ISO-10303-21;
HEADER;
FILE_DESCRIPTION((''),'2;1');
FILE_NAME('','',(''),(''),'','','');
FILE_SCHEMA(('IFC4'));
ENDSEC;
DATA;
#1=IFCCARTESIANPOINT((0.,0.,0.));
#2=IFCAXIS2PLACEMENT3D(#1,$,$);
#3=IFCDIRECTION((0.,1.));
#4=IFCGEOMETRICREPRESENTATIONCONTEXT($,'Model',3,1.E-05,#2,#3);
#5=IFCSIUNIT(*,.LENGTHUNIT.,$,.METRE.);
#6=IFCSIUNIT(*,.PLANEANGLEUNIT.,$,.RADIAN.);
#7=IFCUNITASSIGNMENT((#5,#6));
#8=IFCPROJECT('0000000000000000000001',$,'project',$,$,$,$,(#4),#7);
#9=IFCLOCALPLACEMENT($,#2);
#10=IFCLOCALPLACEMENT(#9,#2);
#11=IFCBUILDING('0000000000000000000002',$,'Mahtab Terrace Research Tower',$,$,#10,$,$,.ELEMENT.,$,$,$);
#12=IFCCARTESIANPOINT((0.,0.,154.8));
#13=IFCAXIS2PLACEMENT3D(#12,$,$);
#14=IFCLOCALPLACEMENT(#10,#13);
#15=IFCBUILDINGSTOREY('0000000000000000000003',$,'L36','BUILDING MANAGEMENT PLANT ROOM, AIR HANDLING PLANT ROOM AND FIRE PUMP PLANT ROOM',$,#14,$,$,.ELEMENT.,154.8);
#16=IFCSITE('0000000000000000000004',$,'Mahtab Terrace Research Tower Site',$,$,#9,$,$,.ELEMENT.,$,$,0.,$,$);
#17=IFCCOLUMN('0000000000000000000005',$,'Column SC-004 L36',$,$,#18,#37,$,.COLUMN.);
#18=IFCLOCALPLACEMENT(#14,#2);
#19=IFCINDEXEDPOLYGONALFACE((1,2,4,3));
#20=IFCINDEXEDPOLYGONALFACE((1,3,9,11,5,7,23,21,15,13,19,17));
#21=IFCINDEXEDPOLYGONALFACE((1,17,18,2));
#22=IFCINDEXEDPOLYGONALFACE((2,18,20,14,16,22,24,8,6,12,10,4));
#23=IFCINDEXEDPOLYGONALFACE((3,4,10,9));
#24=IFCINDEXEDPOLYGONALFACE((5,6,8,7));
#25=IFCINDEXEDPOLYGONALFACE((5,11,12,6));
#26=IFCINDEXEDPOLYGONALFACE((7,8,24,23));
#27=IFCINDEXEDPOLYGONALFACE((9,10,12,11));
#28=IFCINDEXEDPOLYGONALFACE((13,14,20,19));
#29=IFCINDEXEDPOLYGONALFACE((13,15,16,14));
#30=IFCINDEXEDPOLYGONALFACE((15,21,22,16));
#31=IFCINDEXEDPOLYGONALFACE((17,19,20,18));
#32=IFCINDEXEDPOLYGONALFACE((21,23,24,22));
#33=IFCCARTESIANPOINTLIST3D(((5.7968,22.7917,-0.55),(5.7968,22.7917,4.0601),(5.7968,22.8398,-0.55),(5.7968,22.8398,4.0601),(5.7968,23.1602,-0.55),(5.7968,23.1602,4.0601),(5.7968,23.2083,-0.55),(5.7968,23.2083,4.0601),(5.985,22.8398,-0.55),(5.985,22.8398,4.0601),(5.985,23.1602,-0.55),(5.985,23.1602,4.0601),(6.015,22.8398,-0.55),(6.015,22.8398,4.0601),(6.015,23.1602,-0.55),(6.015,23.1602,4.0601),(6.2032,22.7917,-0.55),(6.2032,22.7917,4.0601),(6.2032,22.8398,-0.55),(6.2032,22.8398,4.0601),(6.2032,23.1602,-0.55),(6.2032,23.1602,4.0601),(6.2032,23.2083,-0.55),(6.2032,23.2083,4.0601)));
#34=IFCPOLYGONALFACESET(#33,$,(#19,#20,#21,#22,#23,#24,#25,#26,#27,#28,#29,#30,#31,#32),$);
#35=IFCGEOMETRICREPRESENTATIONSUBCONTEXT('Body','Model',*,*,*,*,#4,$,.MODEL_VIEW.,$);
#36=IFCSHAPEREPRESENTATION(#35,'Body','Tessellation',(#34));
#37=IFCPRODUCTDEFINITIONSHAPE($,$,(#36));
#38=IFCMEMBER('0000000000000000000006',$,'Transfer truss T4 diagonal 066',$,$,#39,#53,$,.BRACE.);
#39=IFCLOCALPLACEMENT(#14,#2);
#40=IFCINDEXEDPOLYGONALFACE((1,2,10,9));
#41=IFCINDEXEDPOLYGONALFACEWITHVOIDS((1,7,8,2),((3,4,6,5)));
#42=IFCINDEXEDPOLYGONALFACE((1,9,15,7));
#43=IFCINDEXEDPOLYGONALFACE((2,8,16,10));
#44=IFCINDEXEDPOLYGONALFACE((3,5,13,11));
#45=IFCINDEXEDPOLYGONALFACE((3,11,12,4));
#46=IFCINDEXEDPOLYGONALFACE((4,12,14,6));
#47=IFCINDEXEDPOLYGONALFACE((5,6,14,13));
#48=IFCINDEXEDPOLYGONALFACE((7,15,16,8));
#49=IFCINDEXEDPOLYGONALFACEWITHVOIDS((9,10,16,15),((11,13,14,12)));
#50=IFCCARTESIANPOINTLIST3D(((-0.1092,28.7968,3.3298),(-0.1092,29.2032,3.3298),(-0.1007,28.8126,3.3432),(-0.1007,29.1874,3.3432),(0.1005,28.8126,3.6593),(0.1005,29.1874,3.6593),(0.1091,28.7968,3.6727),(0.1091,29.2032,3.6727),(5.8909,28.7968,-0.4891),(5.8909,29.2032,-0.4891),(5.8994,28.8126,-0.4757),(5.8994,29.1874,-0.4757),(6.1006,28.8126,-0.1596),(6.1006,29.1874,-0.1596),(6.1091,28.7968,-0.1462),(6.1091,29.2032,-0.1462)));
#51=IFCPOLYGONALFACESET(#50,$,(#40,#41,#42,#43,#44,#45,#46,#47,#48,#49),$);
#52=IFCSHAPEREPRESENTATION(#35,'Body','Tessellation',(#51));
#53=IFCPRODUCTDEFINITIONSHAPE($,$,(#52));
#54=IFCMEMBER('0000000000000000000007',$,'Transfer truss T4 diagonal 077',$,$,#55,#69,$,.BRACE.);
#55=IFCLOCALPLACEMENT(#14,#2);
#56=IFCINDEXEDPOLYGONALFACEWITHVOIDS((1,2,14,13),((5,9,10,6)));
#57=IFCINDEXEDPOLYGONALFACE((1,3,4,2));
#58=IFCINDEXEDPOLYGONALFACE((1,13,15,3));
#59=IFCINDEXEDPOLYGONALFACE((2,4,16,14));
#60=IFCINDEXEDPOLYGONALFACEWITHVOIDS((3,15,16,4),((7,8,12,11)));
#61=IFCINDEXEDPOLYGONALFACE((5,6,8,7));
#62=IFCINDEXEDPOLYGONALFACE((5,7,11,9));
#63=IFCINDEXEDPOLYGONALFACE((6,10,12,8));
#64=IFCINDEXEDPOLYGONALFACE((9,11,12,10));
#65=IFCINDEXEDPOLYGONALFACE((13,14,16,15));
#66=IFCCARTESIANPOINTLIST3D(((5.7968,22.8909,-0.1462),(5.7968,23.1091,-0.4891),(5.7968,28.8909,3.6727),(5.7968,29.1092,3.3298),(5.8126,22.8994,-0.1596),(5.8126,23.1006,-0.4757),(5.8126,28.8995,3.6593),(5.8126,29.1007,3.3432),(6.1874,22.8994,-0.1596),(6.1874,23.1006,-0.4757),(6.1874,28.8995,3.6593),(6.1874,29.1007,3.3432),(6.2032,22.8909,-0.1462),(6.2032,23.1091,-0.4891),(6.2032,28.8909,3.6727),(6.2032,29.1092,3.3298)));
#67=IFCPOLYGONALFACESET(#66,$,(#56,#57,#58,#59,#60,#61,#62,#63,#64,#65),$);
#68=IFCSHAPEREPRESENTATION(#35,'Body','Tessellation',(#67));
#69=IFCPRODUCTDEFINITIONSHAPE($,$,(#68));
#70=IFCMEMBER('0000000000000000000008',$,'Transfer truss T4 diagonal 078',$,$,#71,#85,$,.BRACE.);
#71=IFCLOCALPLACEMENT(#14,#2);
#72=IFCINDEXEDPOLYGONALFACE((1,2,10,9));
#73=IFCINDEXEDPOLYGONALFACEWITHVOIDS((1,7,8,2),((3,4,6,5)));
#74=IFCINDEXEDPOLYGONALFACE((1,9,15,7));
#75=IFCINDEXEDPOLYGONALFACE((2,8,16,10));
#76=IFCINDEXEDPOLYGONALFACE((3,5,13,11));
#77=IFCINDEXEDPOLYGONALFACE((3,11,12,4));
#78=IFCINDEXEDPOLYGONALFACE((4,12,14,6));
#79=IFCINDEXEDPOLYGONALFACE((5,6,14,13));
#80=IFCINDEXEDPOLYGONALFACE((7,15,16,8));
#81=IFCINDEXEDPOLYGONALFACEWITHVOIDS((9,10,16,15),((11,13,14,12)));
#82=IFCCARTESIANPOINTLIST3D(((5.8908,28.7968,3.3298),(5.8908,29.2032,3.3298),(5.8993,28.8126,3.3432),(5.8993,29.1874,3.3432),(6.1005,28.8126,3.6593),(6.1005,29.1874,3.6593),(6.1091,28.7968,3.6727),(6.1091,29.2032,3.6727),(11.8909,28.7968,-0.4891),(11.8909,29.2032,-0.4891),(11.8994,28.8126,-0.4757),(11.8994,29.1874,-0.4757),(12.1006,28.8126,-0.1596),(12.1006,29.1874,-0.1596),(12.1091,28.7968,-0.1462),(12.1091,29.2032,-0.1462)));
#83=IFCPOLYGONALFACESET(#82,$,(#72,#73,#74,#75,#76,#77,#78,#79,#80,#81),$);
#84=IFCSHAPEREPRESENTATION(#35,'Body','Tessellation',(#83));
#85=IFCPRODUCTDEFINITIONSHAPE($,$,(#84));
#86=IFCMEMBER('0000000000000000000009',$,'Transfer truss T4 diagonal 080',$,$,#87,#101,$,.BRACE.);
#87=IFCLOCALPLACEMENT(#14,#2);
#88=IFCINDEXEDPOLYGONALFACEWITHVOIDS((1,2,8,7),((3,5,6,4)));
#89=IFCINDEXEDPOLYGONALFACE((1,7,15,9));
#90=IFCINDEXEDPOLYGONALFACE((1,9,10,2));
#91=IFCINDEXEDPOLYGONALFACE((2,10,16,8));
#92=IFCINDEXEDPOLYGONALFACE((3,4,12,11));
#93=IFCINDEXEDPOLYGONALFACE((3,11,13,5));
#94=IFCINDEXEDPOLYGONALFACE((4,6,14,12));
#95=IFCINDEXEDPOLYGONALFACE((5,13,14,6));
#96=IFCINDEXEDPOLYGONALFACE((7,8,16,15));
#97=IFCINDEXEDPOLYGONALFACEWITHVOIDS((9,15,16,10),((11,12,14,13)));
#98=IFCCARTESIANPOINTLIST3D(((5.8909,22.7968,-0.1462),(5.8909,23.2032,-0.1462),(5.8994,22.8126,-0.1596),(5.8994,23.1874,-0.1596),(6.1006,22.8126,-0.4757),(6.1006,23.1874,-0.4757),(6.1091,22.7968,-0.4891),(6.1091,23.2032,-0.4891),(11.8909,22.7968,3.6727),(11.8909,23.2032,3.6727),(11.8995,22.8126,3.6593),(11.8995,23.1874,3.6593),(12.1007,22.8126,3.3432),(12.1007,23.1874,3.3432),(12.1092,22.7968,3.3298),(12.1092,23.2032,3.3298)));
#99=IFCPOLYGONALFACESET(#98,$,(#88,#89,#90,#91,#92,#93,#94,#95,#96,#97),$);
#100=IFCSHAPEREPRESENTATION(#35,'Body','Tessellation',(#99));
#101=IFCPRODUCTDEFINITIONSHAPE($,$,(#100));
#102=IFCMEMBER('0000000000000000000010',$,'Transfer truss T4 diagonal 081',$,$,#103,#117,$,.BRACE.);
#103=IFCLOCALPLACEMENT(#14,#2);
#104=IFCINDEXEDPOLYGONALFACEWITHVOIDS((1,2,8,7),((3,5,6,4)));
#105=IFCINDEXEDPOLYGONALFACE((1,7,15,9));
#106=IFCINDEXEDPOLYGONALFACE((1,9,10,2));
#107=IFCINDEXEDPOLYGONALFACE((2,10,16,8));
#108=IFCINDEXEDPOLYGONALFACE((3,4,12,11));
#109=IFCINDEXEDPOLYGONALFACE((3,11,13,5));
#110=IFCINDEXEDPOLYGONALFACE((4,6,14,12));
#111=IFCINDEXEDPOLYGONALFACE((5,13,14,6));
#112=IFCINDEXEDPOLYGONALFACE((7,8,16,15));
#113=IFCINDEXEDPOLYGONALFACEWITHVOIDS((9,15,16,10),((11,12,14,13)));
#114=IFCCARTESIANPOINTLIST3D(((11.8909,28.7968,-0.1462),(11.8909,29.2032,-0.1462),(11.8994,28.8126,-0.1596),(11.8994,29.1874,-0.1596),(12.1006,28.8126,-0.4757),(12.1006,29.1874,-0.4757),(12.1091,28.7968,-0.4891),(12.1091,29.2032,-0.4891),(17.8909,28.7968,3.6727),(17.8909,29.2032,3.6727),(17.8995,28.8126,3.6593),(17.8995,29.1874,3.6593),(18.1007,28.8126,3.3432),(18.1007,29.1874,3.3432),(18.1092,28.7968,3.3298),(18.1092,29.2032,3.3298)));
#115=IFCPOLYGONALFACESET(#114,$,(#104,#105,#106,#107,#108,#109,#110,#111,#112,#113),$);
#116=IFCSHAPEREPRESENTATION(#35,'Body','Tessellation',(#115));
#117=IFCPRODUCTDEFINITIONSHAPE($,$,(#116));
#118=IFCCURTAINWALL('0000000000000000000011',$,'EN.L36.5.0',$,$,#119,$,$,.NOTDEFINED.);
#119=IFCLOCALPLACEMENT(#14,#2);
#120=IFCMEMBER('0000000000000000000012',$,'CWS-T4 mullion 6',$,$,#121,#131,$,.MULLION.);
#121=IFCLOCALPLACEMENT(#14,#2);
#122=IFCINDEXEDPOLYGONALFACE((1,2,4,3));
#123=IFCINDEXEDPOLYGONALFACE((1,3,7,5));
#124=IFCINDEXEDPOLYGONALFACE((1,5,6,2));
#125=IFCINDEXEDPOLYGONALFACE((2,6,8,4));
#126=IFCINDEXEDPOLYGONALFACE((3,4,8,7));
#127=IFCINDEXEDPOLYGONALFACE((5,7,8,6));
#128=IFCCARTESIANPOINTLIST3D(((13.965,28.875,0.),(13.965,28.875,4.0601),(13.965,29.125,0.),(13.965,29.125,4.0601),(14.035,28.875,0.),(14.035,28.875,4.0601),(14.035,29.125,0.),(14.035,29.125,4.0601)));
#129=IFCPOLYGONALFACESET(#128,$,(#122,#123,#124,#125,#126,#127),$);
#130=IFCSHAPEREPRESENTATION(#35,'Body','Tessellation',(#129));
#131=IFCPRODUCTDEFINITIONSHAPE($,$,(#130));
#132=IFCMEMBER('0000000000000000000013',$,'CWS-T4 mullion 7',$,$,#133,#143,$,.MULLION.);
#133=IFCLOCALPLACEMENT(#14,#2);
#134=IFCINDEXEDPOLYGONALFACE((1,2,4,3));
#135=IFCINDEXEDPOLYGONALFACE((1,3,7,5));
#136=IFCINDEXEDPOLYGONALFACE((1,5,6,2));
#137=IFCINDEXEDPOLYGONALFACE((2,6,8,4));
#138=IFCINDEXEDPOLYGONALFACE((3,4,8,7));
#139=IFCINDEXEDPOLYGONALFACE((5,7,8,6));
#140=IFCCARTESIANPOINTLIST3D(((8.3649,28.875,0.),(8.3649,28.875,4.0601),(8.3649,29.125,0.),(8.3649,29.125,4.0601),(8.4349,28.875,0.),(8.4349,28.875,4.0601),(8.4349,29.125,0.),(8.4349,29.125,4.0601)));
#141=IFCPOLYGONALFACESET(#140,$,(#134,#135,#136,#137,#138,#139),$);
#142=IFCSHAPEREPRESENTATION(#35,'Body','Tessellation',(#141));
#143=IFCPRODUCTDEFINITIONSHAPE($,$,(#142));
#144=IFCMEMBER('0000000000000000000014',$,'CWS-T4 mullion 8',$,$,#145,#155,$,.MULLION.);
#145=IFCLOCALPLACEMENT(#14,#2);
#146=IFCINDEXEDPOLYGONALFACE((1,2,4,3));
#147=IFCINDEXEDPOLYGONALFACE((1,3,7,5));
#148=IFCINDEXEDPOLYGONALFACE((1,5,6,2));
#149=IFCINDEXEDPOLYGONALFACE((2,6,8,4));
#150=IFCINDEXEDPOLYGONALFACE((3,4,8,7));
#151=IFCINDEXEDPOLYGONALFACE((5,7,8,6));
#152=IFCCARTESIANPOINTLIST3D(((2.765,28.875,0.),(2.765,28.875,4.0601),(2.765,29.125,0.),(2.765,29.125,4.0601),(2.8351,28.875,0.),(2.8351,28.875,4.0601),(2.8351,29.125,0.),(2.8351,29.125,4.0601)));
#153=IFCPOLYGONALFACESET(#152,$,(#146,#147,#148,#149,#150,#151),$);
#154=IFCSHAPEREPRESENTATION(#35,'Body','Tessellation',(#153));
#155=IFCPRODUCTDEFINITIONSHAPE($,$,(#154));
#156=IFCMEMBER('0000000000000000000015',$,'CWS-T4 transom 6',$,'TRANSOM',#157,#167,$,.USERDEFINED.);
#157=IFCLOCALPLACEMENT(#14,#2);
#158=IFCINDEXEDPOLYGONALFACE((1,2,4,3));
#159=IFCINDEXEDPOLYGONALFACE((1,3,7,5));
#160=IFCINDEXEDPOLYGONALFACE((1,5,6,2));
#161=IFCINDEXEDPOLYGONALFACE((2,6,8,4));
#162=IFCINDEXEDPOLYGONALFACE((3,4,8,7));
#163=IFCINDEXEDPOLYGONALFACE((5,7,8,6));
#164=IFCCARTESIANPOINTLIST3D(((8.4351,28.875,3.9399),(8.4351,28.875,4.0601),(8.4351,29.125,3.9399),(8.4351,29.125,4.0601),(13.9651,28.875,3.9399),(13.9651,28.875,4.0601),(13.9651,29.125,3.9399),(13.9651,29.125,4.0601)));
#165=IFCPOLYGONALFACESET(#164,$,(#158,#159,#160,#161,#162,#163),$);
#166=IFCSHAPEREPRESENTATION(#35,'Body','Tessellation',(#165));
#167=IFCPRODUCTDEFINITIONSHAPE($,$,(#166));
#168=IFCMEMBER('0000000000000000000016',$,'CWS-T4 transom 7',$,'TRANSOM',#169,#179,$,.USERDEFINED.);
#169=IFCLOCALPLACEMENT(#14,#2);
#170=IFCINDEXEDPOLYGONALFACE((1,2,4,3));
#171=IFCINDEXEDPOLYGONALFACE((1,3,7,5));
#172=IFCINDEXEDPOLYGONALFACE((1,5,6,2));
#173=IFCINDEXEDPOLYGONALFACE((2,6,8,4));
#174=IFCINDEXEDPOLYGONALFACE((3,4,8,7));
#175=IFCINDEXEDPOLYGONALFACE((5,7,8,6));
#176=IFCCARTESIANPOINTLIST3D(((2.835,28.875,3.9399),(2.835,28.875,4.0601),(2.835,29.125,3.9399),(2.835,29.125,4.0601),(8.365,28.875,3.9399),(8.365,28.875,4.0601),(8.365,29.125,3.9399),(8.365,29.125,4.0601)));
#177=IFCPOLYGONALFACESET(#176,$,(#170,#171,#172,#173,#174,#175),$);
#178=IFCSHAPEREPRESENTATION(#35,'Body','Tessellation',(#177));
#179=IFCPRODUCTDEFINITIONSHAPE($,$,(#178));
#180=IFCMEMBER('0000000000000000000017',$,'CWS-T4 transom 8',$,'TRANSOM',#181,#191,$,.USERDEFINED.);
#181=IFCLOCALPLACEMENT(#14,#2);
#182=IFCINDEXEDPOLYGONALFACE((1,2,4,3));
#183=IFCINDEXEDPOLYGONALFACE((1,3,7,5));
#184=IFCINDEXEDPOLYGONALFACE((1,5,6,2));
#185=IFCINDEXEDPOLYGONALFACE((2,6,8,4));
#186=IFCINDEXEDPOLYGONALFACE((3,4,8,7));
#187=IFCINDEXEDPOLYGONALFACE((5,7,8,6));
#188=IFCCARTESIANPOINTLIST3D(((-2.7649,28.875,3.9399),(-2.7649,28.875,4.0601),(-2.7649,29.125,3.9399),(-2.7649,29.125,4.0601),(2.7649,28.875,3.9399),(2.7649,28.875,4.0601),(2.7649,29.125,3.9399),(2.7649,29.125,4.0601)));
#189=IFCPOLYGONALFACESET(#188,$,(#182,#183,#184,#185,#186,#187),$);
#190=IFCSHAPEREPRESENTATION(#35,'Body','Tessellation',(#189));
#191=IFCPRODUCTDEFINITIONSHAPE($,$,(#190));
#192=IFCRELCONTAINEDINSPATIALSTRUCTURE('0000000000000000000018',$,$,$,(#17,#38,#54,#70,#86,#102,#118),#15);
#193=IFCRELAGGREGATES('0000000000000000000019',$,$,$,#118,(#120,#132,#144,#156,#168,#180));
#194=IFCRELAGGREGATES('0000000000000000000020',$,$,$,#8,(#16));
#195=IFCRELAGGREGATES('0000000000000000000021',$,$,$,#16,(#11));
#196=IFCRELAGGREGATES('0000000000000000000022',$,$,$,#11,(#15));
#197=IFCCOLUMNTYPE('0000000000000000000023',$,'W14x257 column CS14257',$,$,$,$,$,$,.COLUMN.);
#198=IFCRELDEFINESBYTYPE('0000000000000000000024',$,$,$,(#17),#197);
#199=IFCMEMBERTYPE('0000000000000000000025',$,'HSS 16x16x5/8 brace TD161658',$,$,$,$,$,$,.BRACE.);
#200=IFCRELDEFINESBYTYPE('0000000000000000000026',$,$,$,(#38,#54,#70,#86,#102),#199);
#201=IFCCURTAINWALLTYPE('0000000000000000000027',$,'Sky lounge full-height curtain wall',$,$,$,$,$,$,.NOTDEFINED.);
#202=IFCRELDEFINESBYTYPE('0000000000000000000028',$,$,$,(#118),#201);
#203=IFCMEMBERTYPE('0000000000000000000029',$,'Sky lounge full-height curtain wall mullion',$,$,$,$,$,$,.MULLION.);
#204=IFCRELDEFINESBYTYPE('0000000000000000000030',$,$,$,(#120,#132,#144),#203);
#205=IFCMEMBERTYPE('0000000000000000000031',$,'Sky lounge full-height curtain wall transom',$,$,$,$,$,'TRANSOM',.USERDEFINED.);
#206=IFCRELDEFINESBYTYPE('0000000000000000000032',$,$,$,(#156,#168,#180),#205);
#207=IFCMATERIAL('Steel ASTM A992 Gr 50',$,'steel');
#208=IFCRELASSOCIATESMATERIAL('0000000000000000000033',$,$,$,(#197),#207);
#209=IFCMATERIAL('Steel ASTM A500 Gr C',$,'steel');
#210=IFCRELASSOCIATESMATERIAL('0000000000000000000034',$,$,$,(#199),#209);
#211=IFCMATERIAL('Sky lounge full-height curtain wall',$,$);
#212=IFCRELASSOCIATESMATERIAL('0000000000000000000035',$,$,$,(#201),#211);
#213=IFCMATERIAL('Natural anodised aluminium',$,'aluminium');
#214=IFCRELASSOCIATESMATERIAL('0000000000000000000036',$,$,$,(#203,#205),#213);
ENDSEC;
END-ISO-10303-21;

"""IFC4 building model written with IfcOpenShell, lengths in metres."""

from ifc_helpers import new_model, si_unit, direction, frame, origin, origin_2d, place, context, subcontext, project, spatial, rectangle, hollow_rectangle, i_section, extrude, material, material_profile, profile_set, type_object, element, aggregate, save


model = new_model("IFC4")

# Units and contexts
model_context = context("Model", 3, precision=1e-05, world=origin(), true_north=direction((0.0, 1.0)))
body_context = subcontext(model_context, "Body", "Model", "MODEL_VIEW")
ifc_project = project(units=[si_unit("LENGTHUNIT", "METRE"), si_unit("PLANEANGLEUNIT", "RADIAN")], contexts=[model_context])

# Site, building, storey
site_placement = place(None, origin())
site = spatial("IfcSite", under=ifc_project, at=site_placement, Name="Mahtab Terrace Research Tower Site", CompositionType="ELEMENT", RefElevation=0.0)
building_placement = place(site_placement, origin())
building = spatial("IfcBuilding", under=site, at=building_placement, Name="Mahtab Terrace Research Tower", CompositionType="ELEMENT")
storey_placement = place(building_placement, frame((0.0, 0.0, 154.8)))
storey = spatial("IfcBuildingStorey", under=building, at=storey_placement, Name="L36", Description="BUILDING MANAGEMENT PLANT ROOM, AIR HANDLING PLANT ROOM AND FIRE PUMP PLANT ROOM", CompositionType="ELEMENT", Elevation=154.8)

# Column
ifc_material_1 = material(Name="Steel ASTM A992 Gr 50", Category="steel")
ifc_material_profile_1 = material_profile(ifc_material_1, i_section(OverallWidth=0.4065, OverallDepth=0.4165, WebThickness=0.03, FlangeThickness=0.0481, at=origin_2d()), Name="W14X257")
ifc_profile_set_1 = profile_set([ifc_material_profile_1], Name="Steel ASTM A992 Gr 50")
column_type = type_object("IfcColumnType", Name="W14x257 column CS14257", PredefinedType="COLUMN", material=ifc_profile_set_1)
column_placement = place(storey_placement, frame((6.0, 23.0, -0.55), z_axis=(0.0, 0.0, 1.0), x_axis=(1.0, 0.0, 0.0)))
element("IfcColumn", 1, at=column_placement, inside=storey, type_object=column_type, Name="Column SC-004 L36", PredefinedType="COLUMN", context=body_context, shape_type="SweptSolid", body=[
    extrude(i_section(OverallWidth=0.4065, OverallDepth=0.4165, WebThickness=0.03, FlangeThickness=0.0481, at=origin_2d()), origin(), (0.0, 0.0, 1.0), 4.6101),
])

# Members
ifc_material_2 = material(Name="Steel ASTM A500 Gr C", Category="steel")
ifc_material_profile_2 = material_profile(ifc_material_2, hollow_rectangle(XDim=0.4065, YDim=0.4065, WallThickness=0.0159, at=origin_2d()), Name="HSS16X16X5/8")
ifc_profile_set_2 = profile_set([ifc_material_profile_2], Name="Steel ASTM A500 Gr C")
member_type_1 = type_object("IfcMemberType", Name="HSS 16x16x5/8 brace TD161658", PredefinedType="BRACE", material=ifc_profile_set_2)
for number, where, z_axis, x_axis, name in (
    (2, (6.0, 29.0, -0.3176), (-0.843619, 0.0, 0.536942), (0.0, -1.0, 0.0), "Transfer truss T4 diagonal 066"),
    (3, (6.0, 23.0, -0.3176), (0.0, 0.843619, 0.536942), (-1.0, 0.0, 0.0), "Transfer truss T4 diagonal 077"),
    (4, (12.0, 29.0, -0.3176), (-0.843619, 0.0, 0.536942), (0.0, -1.0, 0.0), "Transfer truss T4 diagonal 078"),
    (5, (6.0, 23.0, -0.3176), (0.843619, 0.0, 0.536942), (0.0, 1.0, 0.0), "Transfer truss T4 diagonal 080"),
    (6, (12.0, 29.0, -0.3176), (0.843619, 0.0, 0.536942), (0.0, 1.0, 0.0), "Transfer truss T4 diagonal 081"),
):
    element("IfcMember", number, at=place(storey_placement, frame(where, z_axis=z_axis, x_axis=x_axis)), inside=storey, type_object=member_type_1, Name=name, PredefinedType="BRACE", context=body_context, shape_type="SweptSolid", body=[
        extrude(hollow_rectangle(XDim=0.4065, YDim=0.4065, WallThickness=0.0159, at=origin_2d()), origin(), (0.0, 0.0, 1.0), 7.1123),
    ])

# Curtain wall, members
ifc_material_3 = material(Name="Sky lounge full-height curtain wall")
curtain_wall_type = type_object("IfcCurtainWallType", Name="Sky lounge full-height curtain wall", PredefinedType="NOTDEFINED", material=ifc_material_3)
curtain_wall_placement = place(storey_placement, origin())
curtain_wall = element("IfcCurtainWall", 7, at=curtain_wall_placement, inside=storey, type_object=curtain_wall_type, Name="EN.L36.5.0", PredefinedType="NOTDEFINED")
ifc_material_4 = material(Name="Natural anodised aluminium", Category="aluminium")
ifc_material_profile_3 = material_profile(ifc_material_4, rectangle(XDim=0.25, YDim=0.0701, at=origin_2d()), Name="MULLION 70x250")
ifc_profile_set_3 = profile_set([ifc_material_profile_3], Name="Natural anodised aluminium")
member_type_2 = type_object("IfcMemberType", Name="Sky lounge full-height curtain wall mullion", PredefinedType="MULLION", material=ifc_profile_set_3)
member_1_placement = place(storey_placement, frame((14.0, 29.0, 0.0), z_axis=(0.0, 0.0, 1.0), x_axis=(0.0, -1.0, 0.0)))
member_1 = element("IfcMember", 8, at=member_1_placement, type_object=member_type_2, Name="CWS-T4 mullion 6", PredefinedType="MULLION", context=body_context, shape_type="SweptSolid", body=[
    extrude(rectangle(XDim=0.25, YDim=0.0701, at=origin_2d()), origin(), (0.0, 0.0, 1.0), 4.0601),
])
member_2_placement = place(storey_placement, frame((8.3999, 29.0, 0.0), z_axis=(0.0, 0.0, 1.0), x_axis=(0.0, -1.0, 0.0)))
member_2 = element("IfcMember", 9, at=member_2_placement, type_object=member_type_2, Name="CWS-T4 mullion 7", PredefinedType="MULLION", context=body_context, shape_type="SweptSolid", body=[
    extrude(rectangle(XDim=0.25, YDim=0.0701, at=origin_2d()), origin(), (0.0, 0.0, 1.0), 4.0601),
])
member_3_placement = place(storey_placement, frame((2.8, 29.0, 0.0), z_axis=(0.0, 0.0, 1.0), x_axis=(0.0, -1.0, 0.0)))
member_3 = element("IfcMember", 10, at=member_3_placement, type_object=member_type_2, Name="CWS-T4 mullion 8", PredefinedType="MULLION", context=body_context, shape_type="SweptSolid", body=[
    extrude(rectangle(XDim=0.25, YDim=0.0701, at=origin_2d()), origin(), (0.0, 0.0, 1.0), 4.0601),
])
ifc_material_profile_4 = material_profile(ifc_material_4, rectangle(XDim=0.25, YDim=0.1201, at=origin_2d()), Name="TRANSOM 120x250")
ifc_profile_set_4 = profile_set([ifc_material_profile_4], Name="Natural anodised aluminium")
member_type_3 = type_object("IfcMemberType", Name="Sky lounge full-height curtain wall transom", ElementType="TRANSOM", PredefinedType="USERDEFINED", material=ifc_profile_set_4)
member_4_placement = place(storey_placement, frame((13.9651, 29.0, 4.0), z_axis=(-1.0, 0.0, 0.0), x_axis=(0.0, -1.0, 0.0)))
member_4 = element("IfcMember", 11, at=member_4_placement, type_object=member_type_3, Name="CWS-T4 transom 6", ObjectType="TRANSOM", PredefinedType="USERDEFINED", context=body_context, shape_type="SweptSolid", body=[
    extrude(rectangle(XDim=0.25, YDim=0.1201, at=origin_2d()), origin(), (0.0, 0.0, 1.0), 5.53),
])
member_5_placement = place(storey_placement, frame((8.365, 29.0, 4.0), z_axis=(-1.0, 0.0, 0.0), x_axis=(0.0, -1.0, 0.0)))
member_5 = element("IfcMember", 12, at=member_5_placement, type_object=member_type_3, Name="CWS-T4 transom 7", ObjectType="TRANSOM", PredefinedType="USERDEFINED", context=body_context, shape_type="SweptSolid", body=[
    extrude(rectangle(XDim=0.25, YDim=0.1201, at=origin_2d()), origin(), (0.0, 0.0, 1.0), 5.53),
])
member_6_placement = place(storey_placement, frame((2.7649, 29.0, 4.0), z_axis=(-1.0, 0.0, 0.0), x_axis=(0.0, -1.0, 0.0)))
member_6 = element("IfcMember", 13, at=member_6_placement, type_object=member_type_3, Name="CWS-T4 transom 8", ObjectType="TRANSOM", PredefinedType="USERDEFINED", context=body_context, shape_type="SweptSolid", body=[
    extrude(rectangle(XDim=0.25, YDim=0.1201, at=origin_2d()), origin(), (0.0, 0.0, 1.0), 5.5298),
])

aggregate(curtain_wall, [member_1, member_2, member_3, member_4, member_5, member_6])

save(model, "model.ifc")
